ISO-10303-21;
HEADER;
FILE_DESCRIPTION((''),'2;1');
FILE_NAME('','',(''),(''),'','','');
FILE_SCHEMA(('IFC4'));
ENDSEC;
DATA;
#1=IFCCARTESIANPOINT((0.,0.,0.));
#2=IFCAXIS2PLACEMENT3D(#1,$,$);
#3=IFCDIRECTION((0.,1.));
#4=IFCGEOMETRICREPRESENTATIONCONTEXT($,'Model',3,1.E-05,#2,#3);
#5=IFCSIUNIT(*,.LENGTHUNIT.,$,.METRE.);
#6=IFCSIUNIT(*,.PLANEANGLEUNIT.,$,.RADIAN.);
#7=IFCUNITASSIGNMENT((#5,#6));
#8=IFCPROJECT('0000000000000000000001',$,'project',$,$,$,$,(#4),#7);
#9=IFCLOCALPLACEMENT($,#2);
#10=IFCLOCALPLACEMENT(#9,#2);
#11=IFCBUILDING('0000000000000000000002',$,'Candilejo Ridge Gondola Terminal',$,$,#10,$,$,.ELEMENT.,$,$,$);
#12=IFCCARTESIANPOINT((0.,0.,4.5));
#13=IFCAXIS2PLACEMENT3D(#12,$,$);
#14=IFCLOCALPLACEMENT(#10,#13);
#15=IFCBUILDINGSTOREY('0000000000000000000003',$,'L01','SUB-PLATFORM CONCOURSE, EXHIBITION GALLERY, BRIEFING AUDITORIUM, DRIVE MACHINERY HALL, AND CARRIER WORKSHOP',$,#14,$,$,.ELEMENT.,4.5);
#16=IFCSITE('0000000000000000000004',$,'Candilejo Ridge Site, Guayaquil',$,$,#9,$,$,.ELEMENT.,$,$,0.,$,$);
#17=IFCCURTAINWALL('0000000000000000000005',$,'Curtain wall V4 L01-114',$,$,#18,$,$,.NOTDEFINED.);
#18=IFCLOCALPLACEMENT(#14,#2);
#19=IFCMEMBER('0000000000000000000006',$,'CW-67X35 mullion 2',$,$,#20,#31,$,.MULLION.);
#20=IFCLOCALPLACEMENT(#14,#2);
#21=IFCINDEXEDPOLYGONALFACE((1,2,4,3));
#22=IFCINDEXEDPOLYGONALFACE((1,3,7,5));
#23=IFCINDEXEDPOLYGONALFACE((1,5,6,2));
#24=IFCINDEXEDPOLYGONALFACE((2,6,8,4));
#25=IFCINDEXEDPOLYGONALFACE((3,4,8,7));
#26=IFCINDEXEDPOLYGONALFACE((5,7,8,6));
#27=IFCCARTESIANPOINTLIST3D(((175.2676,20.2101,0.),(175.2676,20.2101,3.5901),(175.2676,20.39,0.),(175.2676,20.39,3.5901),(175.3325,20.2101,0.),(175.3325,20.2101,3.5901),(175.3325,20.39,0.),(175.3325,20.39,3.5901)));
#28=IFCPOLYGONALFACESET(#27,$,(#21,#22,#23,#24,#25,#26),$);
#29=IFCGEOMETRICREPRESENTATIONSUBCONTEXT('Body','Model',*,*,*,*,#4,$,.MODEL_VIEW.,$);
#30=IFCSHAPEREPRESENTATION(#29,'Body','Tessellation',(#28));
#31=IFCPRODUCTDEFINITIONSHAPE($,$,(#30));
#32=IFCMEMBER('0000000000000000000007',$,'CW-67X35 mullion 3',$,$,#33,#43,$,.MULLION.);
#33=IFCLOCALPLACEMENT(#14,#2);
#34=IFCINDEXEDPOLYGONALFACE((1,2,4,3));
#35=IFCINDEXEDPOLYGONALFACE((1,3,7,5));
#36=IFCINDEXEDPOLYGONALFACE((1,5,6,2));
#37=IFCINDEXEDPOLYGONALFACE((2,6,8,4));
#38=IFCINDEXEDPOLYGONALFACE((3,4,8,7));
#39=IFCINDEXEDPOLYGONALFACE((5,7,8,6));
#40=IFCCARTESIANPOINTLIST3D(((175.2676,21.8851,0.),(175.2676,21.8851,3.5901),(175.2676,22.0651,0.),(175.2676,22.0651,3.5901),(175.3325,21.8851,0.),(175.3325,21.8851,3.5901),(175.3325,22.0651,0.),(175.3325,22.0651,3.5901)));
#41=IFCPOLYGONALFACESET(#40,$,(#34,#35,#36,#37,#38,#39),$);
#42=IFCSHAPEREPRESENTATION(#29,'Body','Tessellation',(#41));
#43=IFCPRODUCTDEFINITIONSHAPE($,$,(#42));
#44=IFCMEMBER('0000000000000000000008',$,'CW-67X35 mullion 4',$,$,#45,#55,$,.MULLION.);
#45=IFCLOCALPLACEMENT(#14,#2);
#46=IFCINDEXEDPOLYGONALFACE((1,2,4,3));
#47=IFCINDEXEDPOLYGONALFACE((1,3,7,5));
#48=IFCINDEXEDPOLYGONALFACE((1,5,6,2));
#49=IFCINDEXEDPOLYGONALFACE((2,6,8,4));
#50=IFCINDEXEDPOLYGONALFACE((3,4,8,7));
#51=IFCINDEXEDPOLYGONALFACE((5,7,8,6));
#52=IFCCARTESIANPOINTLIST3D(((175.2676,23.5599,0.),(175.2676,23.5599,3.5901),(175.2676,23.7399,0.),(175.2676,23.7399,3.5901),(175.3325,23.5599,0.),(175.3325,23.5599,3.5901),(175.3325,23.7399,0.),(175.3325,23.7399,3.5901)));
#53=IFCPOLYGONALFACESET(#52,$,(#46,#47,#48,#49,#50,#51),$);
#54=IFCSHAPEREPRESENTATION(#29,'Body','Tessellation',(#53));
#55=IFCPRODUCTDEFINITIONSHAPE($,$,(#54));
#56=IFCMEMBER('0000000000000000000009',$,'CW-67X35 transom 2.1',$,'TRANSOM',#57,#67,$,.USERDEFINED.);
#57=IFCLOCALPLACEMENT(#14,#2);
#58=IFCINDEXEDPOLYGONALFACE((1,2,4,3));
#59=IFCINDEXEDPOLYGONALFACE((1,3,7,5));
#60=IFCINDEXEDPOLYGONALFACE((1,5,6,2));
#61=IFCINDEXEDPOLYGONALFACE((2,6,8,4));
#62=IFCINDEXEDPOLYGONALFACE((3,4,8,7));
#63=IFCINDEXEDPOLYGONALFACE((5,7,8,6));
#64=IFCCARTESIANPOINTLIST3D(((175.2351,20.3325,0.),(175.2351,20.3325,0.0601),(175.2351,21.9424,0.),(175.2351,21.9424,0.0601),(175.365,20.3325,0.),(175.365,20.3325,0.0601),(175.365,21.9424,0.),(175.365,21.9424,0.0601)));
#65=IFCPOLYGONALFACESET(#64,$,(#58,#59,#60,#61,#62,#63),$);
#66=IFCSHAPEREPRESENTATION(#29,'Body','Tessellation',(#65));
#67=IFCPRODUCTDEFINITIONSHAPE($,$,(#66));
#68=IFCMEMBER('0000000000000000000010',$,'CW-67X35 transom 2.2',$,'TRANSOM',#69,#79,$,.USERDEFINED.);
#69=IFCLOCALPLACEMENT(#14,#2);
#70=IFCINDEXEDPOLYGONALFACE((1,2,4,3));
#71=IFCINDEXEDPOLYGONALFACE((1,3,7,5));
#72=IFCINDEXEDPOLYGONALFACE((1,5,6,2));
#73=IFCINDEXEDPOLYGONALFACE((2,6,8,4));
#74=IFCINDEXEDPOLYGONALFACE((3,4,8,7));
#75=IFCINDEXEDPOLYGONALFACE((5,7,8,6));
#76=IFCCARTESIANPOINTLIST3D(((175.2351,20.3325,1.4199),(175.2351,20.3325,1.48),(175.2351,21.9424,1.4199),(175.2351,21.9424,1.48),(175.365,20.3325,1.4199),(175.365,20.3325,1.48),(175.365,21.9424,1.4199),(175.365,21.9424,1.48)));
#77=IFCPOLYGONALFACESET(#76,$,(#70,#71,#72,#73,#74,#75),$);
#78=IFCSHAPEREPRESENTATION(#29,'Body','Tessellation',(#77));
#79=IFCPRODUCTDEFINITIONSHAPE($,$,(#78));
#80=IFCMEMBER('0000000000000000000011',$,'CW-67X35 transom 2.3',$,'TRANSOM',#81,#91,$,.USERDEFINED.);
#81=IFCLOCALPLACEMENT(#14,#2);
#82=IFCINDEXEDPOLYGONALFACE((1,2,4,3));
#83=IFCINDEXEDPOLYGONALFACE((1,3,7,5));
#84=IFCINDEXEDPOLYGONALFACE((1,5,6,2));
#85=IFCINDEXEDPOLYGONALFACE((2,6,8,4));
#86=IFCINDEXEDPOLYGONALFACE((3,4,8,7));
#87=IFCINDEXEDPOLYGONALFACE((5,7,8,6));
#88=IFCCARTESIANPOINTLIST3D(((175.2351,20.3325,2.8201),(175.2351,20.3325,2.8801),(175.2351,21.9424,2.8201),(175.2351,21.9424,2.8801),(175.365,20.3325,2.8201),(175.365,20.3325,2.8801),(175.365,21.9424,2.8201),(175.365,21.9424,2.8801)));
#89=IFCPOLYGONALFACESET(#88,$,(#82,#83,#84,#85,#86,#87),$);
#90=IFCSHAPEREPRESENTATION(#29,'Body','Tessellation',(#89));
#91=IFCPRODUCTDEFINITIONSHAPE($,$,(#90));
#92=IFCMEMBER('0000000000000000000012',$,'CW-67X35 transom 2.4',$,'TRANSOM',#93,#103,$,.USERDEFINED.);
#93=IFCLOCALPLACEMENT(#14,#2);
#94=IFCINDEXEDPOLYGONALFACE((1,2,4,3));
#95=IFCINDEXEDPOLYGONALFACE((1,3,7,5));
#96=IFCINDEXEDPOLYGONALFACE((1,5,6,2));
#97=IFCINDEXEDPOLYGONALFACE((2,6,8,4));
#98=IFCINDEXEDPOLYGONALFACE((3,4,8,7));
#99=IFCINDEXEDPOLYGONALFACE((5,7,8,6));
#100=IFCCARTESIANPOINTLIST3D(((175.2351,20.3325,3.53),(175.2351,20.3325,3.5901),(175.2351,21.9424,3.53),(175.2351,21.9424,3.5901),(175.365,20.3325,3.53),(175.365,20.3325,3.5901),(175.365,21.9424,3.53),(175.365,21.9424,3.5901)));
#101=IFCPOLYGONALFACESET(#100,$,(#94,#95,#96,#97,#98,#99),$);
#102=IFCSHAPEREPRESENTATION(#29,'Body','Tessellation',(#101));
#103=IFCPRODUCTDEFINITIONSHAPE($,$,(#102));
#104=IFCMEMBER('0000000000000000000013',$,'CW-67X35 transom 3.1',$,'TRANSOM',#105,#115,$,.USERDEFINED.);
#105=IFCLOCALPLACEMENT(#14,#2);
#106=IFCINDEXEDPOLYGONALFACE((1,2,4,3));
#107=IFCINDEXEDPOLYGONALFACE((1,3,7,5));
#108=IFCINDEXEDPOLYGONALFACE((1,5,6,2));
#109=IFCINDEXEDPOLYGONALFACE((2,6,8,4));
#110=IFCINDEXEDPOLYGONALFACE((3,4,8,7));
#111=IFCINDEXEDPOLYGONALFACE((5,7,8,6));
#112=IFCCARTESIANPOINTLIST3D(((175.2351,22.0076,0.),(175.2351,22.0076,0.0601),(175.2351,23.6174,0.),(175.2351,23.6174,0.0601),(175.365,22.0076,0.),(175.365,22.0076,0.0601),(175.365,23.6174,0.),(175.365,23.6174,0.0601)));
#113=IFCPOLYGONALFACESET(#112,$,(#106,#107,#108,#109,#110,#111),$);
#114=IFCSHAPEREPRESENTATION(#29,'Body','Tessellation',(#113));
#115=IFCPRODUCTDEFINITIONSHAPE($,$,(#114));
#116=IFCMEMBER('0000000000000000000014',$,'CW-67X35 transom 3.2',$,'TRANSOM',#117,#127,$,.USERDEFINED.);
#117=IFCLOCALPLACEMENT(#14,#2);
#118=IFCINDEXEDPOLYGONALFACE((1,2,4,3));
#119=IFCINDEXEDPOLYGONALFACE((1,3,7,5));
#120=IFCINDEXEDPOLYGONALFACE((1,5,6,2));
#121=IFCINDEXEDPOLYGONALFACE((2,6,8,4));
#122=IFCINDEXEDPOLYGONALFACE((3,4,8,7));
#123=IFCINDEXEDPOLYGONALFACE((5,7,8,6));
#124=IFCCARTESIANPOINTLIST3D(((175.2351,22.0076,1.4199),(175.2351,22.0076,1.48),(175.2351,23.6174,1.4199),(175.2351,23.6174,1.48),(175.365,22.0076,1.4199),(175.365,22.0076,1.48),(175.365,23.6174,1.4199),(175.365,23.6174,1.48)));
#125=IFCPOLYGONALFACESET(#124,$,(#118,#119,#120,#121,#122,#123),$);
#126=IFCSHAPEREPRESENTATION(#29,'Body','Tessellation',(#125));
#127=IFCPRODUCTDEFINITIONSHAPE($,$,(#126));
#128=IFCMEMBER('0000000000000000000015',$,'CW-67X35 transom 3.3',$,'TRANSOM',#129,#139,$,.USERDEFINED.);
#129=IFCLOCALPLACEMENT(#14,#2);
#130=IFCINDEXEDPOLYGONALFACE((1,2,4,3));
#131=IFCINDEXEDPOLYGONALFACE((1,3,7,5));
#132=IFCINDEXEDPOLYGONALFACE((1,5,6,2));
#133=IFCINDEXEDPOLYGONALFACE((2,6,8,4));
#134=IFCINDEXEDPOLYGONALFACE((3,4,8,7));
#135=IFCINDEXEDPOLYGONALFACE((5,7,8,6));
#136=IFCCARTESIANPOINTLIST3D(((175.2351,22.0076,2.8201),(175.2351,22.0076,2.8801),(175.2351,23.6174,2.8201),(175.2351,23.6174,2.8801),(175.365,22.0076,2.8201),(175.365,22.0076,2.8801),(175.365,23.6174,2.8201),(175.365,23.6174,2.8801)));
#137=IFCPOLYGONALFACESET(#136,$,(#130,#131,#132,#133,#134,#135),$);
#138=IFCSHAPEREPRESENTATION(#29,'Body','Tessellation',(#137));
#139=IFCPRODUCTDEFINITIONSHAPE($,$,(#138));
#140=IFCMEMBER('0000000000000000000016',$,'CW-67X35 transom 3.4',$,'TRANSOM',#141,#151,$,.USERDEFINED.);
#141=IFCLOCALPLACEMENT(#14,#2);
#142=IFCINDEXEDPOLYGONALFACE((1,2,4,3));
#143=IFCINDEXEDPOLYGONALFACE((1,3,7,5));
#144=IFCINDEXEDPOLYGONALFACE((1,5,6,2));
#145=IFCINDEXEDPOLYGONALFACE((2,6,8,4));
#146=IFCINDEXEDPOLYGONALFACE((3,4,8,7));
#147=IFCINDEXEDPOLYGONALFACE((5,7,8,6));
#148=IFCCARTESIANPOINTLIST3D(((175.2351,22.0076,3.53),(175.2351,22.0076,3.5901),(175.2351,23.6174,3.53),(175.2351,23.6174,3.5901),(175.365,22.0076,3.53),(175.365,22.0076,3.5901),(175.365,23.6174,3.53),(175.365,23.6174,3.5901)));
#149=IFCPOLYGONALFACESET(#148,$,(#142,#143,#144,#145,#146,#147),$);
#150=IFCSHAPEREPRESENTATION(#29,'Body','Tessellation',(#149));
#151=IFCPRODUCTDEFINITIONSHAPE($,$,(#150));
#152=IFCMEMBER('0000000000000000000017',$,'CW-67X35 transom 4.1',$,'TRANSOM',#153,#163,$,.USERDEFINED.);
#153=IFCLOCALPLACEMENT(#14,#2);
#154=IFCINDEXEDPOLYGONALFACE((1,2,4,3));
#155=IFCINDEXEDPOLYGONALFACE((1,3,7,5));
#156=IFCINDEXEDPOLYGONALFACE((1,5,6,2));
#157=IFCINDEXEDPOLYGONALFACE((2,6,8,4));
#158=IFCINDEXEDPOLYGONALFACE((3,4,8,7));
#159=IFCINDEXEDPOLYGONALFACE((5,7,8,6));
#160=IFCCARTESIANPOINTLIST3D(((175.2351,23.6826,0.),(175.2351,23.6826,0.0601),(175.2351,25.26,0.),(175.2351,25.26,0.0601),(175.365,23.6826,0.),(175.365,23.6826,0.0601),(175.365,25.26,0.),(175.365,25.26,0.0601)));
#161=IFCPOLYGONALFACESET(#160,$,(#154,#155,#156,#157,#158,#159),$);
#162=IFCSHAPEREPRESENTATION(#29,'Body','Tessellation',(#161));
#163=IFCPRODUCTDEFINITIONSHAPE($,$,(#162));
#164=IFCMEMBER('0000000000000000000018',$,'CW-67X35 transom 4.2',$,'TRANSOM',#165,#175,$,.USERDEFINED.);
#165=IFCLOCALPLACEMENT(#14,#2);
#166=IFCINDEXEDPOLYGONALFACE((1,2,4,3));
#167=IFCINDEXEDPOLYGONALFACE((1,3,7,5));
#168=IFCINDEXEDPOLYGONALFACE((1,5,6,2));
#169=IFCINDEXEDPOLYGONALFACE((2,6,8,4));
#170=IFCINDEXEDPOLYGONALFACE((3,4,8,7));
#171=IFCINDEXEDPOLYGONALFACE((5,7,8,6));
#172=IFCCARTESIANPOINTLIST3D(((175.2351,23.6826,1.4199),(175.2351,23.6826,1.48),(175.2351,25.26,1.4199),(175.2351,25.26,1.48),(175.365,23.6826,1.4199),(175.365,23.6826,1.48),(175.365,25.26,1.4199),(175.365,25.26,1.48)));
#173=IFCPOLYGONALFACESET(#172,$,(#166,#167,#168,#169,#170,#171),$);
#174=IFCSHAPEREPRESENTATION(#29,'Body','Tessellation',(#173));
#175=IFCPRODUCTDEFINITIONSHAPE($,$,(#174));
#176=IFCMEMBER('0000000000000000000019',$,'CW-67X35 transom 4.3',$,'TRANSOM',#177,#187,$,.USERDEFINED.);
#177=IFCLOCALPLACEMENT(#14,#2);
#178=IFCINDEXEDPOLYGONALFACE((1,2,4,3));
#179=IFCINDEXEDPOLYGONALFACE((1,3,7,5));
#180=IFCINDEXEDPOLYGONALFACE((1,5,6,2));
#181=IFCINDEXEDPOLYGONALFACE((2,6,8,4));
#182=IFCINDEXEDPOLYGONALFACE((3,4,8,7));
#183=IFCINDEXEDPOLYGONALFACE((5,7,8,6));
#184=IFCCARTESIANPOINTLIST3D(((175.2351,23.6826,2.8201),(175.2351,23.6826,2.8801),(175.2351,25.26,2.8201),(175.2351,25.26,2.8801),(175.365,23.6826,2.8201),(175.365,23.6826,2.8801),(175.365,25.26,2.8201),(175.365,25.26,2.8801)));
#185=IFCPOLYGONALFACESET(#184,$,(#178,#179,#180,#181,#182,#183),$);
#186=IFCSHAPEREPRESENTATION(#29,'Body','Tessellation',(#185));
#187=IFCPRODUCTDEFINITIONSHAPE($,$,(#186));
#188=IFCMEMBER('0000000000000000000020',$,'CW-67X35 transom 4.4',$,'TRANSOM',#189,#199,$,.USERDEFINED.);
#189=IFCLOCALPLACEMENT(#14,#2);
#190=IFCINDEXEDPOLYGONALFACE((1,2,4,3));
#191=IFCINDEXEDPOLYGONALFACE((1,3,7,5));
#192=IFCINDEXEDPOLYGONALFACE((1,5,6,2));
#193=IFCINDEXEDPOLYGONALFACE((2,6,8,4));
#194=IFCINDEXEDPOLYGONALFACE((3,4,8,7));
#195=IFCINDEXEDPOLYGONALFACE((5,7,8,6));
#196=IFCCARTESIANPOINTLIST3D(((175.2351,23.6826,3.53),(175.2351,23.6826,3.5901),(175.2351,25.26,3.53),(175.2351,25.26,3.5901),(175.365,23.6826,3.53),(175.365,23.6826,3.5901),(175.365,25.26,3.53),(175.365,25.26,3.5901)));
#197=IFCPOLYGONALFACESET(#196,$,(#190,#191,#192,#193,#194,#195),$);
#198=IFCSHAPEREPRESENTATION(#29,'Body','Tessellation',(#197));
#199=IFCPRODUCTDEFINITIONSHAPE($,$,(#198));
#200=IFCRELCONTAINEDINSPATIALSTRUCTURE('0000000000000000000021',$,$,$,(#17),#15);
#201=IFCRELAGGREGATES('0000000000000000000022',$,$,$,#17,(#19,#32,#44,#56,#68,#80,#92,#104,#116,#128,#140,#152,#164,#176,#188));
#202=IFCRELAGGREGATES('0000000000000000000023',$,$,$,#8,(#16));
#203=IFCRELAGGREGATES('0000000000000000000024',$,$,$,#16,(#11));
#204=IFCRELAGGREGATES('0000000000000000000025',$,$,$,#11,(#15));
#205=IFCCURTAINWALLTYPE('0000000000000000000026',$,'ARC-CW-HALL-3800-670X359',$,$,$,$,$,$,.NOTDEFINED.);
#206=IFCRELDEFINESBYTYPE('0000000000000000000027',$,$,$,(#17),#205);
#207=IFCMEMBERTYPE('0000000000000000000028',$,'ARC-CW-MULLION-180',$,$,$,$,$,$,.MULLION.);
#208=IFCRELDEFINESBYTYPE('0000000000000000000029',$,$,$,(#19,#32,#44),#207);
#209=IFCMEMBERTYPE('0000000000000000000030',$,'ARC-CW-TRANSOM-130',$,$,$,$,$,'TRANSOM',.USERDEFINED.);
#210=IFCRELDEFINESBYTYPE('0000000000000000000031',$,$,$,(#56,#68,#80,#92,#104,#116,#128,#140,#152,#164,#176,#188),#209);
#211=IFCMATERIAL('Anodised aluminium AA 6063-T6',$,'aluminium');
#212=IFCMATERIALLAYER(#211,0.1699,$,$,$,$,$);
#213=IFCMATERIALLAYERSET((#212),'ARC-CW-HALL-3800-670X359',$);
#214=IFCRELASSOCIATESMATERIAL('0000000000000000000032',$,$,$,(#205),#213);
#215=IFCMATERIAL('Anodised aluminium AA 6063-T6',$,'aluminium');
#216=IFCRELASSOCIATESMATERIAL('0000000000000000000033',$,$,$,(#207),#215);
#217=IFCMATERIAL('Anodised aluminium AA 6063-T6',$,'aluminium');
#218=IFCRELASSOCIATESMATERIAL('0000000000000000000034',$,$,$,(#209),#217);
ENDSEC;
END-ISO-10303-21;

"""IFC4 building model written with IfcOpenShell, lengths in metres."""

from ifc_helpers import new_model, si_unit, direction, frame, origin, origin_2d, place, context, subcontext, project, spatial, rectangle, extrude, material, layer, layer_set, material_profile, profile_set, type_object, element, aggregate, save


model = new_model("IFC4")

# Units and contexts
model_context = context("Model", 3, precision=1e-05, world=origin(), true_north=direction((0.0, 1.0)))
body_context = subcontext(model_context, "Body", "Model", "MODEL_VIEW")
ifc_project = project(units=[si_unit("LENGTHUNIT", "METRE"), si_unit("PLANEANGLEUNIT", "RADIAN")], contexts=[model_context])

# Site, building, storey
site_placement = place(None, origin())
site = spatial("IfcSite", under=ifc_project, at=site_placement, Name="Candilejo Ridge Site, Guayaquil", CompositionType="ELEMENT", RefElevation=0.0)
building_placement = place(site_placement, origin())
building = spatial("IfcBuilding", under=site, at=building_placement, Name="Candilejo Ridge Gondola Terminal", CompositionType="ELEMENT")
storey_placement = place(building_placement, frame((0.0, 0.0, 4.5)))
storey = spatial("IfcBuildingStorey", under=building, at=storey_placement, Name="L01", Description="SUB-PLATFORM CONCOURSE, EXHIBITION GALLERY, BRIEFING AUDITORIUM, DRIVE MACHINERY HALL, AND CARRIER WORKSHOP", CompositionType="ELEMENT", Elevation=4.5)

# Curtain wall, members
ifc_material_1 = material(Name="Anodised aluminium AA 6063-T6", Category="aluminium")
ifc_layer_1 = layer(ifc_material_1, 0.1699)
ifc_layer_set_1 = layer_set([ifc_layer_1], Name="ARC-CW-HALL-3800-670X359")
curtain_wall_type = type_object("IfcCurtainWallType", Name="ARC-CW-HALL-3800-670X359", PredefinedType="NOTDEFINED", material=ifc_layer_set_1)
curtain_wall_placement = place(storey_placement, origin())
curtain_wall = element("IfcCurtainWall", 1, at=curtain_wall_placement, inside=storey, type_object=curtain_wall_type, Name="Curtain wall V4 L01-114", PredefinedType="NOTDEFINED")
ifc_material_2 = material(Name="Anodised aluminium AA 6063-T6", Category="aluminium")
ifc_material_profile_1 = material_profile(ifc_material_2, rectangle(XDim=0.0649, YDim=0.1799, at=origin_2d()))
ifc_profile_set_1 = profile_set([ifc_material_profile_1], Name="Anodised aluminium AA 6063-T6")
member_type_1 = type_object("IfcMemberType", Name="ARC-CW-MULLION-180", PredefinedType="MULLION", material=ifc_profile_set_1)
member_1_placement = place(storey_placement, frame((175.3, 20.3, 0.0), z_axis=(0.0, 0.0, 1.0), x_axis=(-1.0, 0.0, 0.0)))
member_1 = element("IfcMember", 2, at=member_1_placement, type_object=member_type_1, Name="CW-67X35 mullion 2", PredefinedType="MULLION", context=body_context, shape_type="SweptSolid", body=[
    extrude(rectangle(XDim=0.0649, YDim=0.1799, at=origin_2d()), origin(), (0.0, 0.0, 1.0), 3.5901),
])
member_2_placement = place(storey_placement, frame((175.3, 21.9751, 0.0), z_axis=(0.0, 0.0, 1.0), x_axis=(-1.0, 0.0, 0.0)))
member_2 = element("IfcMember", 3, at=member_2_placement, type_object=member_type_1, Name="CW-67X35 mullion 3", PredefinedType="MULLION", context=body_context, shape_type="SweptSolid", body=[
    extrude(rectangle(XDim=0.0649, YDim=0.1799, at=origin_2d()), origin(), (0.0, 0.0, 1.0), 3.5901),
])
member_3_placement = place(storey_placement, frame((175.3, 23.6499, 0.0), z_axis=(0.0, 0.0, 1.0), x_axis=(-1.0, 0.0, 0.0)))
member_3 = element("IfcMember", 4, at=member_3_placement, type_object=member_type_1, Name="CW-67X35 mullion 4", PredefinedType="MULLION", context=body_context, shape_type="SweptSolid", body=[
    extrude(rectangle(XDim=0.0649, YDim=0.1799, at=origin_2d()), origin(), (0.0, 0.0, 1.0), 3.5901),
])
ifc_material_3 = material(Name="Anodised aluminium AA 6063-T6", Category="aluminium")
ifc_material_profile_2 = material_profile(ifc_material_3, rectangle(XDim=0.1299, YDim=0.0601, at=origin_2d()))
ifc_profile_set_2 = profile_set([ifc_material_profile_2], Name="Anodised aluminium AA 6063-T6")
member_type_2 = type_object("IfcMemberType", Name="ARC-CW-TRANSOM-130", ElementType="TRANSOM", PredefinedType="USERDEFINED", material=ifc_profile_set_2)
member_4_placement = place(storey_placement, frame((175.3, 20.3325, 0.03), z_axis=(0.0, 1.0, 0.0), x_axis=(-1.0, 0.0, 0.0)))
member_4 = element("IfcMember", 5, at=member_4_placement, type_object=member_type_2, Name="CW-67X35 transom 2.1", ObjectType="TRANSOM", PredefinedType="USERDEFINED", context=body_context, shape_type="SweptSolid", body=[
    extrude(rectangle(XDim=0.1299, YDim=0.0601, at=origin_2d()), origin(), (0.0, 0.0, 1.0), 1.6099),
])
member_5_placement = place(storey_placement, frame((175.3, 20.3325, 1.45), z_axis=(0.0, 1.0, 0.0), x_axis=(-1.0, 0.0, 0.0)))
member_5 = element("IfcMember", 6, at=member_5_placement, type_object=member_type_2, Name="CW-67X35 transom 2.2", ObjectType="TRANSOM", PredefinedType="USERDEFINED", context=body_context, shape_type="SweptSolid", body=[
    extrude(rectangle(XDim=0.1299, YDim=0.0601, at=origin_2d()), origin(), (0.0, 0.0, 1.0), 1.6099),
])
member_6_placement = place(storey_placement, frame((175.3, 20.3325, 2.8501), z_axis=(0.0, 1.0, 0.0), x_axis=(-1.0, 0.0, 0.0)))
member_6 = element("IfcMember", 7, at=member_6_placement, type_object=member_type_2, Name="CW-67X35 transom 2.3", ObjectType="TRANSOM", PredefinedType="USERDEFINED", context=body_context, shape_type="SweptSolid", body=[
    extrude(rectangle(XDim=0.1299, YDim=0.0601, at=origin_2d()), origin(), (0.0, 0.0, 1.0), 1.6099),
])
member_7_placement = place(storey_placement, frame((175.3, 20.3325, 3.5601), z_axis=(0.0, 1.0, 0.0), x_axis=(-1.0, 0.0, 0.0)))
member_7 = element("IfcMember", 8, at=member_7_placement, type_object=member_type_2, Name="CW-67X35 transom 2.4", ObjectType="TRANSOM", PredefinedType="USERDEFINED", context=body_context, shape_type="SweptSolid", body=[
    extrude(rectangle(XDim=0.1299, YDim=0.0601, at=origin_2d()), origin(), (0.0, 0.0, 1.0), 1.6099),
])
member_8_placement = place(storey_placement, frame((175.3, 22.0076, 0.03), z_axis=(0.0, 1.0, 0.0), x_axis=(-1.0, 0.0, 0.0)))
member_8 = element("IfcMember", 9, at=member_8_placement, type_object=member_type_2, Name="CW-67X35 transom 3.1", ObjectType="TRANSOM", PredefinedType="USERDEFINED", context=body_context, shape_type="SweptSolid", body=[
    extrude(rectangle(XDim=0.1299, YDim=0.0601, at=origin_2d()), origin(), (0.0, 0.0, 1.0), 1.6099),
])
member_9_placement = place(storey_placement, frame((175.3, 22.0076, 1.45), z_axis=(0.0, 1.0, 0.0), x_axis=(-1.0, 0.0, 0.0)))
member_9 = element("IfcMember", 10, at=member_9_placement, type_object=member_type_2, Name="CW-67X35 transom 3.2", ObjectType="TRANSOM", PredefinedType="USERDEFINED", context=body_context, shape_type="SweptSolid", body=[
    extrude(rectangle(XDim=0.1299, YDim=0.0601, at=origin_2d()), origin(), (0.0, 0.0, 1.0), 1.6099),
])
member_10_placement = place(storey_placement, frame((175.3, 22.0076, 2.8501), z_axis=(0.0, 1.0, 0.0), x_axis=(-1.0, 0.0, 0.0)))
member_10 = element("IfcMember", 11, at=member_10_placement, type_object=member_type_2, Name="CW-67X35 transom 3.3", ObjectType="TRANSOM", PredefinedType="USERDEFINED", context=body_context, shape_type="SweptSolid", body=[
    extrude(rectangle(XDim=0.1299, YDim=0.0601, at=origin_2d()), origin(), (0.0, 0.0, 1.0), 1.6099),
])
member_11_placement = place(storey_placement, frame((175.3, 22.0076, 3.5601), z_axis=(0.0, 1.0, 0.0), x_axis=(-1.0, 0.0, 0.0)))
member_11 = element("IfcMember", 12, at=member_11_placement, type_object=member_type_2, Name="CW-67X35 transom 3.4", ObjectType="TRANSOM", PredefinedType="USERDEFINED", context=body_context, shape_type="SweptSolid", body=[
    extrude(rectangle(XDim=0.1299, YDim=0.0601, at=origin_2d()), origin(), (0.0, 0.0, 1.0), 1.6099),
])
member_12_placement = place(storey_placement, frame((175.3, 23.6826, 0.03), z_axis=(0.0, 1.0, 0.0), x_axis=(-1.0, 0.0, 0.0)))
member_12 = element("IfcMember", 13, at=member_12_placement, type_object=member_type_2, Name="CW-67X35 transom 4.1", ObjectType="TRANSOM", PredefinedType="USERDEFINED", context=body_context, shape_type="SweptSolid", body=[
    extrude(rectangle(XDim=0.1299, YDim=0.0601, at=origin_2d()), origin(), (0.0, 0.0, 1.0), 1.5774),
])
member_13_placement = place(storey_placement, frame((175.3, 23.6826, 1.45), z_axis=(0.0, 1.0, 0.0), x_axis=(-1.0, 0.0, 0.0)))
member_13 = element("IfcMember", 14, at=member_13_placement, type_object=member_type_2, Name="CW-67X35 transom 4.2", ObjectType="TRANSOM", PredefinedType="USERDEFINED", context=body_context, shape_type="SweptSolid", body=[
    extrude(rectangle(XDim=0.1299, YDim=0.0601, at=origin_2d()), origin(), (0.0, 0.0, 1.0), 1.5774),
])
member_14_placement = place(storey_placement, frame((175.3, 23.6826, 2.8501), z_axis=(0.0, 1.0, 0.0), x_axis=(-1.0, 0.0, 0.0)))
member_14 = element("IfcMember", 15, at=member_14_placement, type_object=member_type_2, Name="CW-67X35 transom 4.3", ObjectType="TRANSOM", PredefinedType="USERDEFINED", context=body_context, shape_type="SweptSolid", body=[
    extrude(rectangle(XDim=0.1299, YDim=0.0601, at=origin_2d()), origin(), (0.0, 0.0, 1.0), 1.5774),
])
member_15_placement = place(storey_placement, frame((175.3, 23.6826, 3.5601), z_axis=(0.0, 1.0, 0.0), x_axis=(-1.0, 0.0, 0.0)))
member_15 = element("IfcMember", 16, at=member_15_placement, type_object=member_type_2, Name="CW-67X35 transom 4.4", ObjectType="TRANSOM", PredefinedType="USERDEFINED", context=body_context, shape_type="SweptSolid", body=[
    extrude(rectangle(XDim=0.1299, YDim=0.0601, at=origin_2d()), origin(), (0.0, 0.0, 1.0), 1.5774),
])

aggregate(curtain_wall, [member_1, member_2, member_3, member_4, member_5, member_6, member_7, member_8, member_9, member_10, member_11, member_12, member_13, member_14, member_15])

save(model, "model.ifc")
